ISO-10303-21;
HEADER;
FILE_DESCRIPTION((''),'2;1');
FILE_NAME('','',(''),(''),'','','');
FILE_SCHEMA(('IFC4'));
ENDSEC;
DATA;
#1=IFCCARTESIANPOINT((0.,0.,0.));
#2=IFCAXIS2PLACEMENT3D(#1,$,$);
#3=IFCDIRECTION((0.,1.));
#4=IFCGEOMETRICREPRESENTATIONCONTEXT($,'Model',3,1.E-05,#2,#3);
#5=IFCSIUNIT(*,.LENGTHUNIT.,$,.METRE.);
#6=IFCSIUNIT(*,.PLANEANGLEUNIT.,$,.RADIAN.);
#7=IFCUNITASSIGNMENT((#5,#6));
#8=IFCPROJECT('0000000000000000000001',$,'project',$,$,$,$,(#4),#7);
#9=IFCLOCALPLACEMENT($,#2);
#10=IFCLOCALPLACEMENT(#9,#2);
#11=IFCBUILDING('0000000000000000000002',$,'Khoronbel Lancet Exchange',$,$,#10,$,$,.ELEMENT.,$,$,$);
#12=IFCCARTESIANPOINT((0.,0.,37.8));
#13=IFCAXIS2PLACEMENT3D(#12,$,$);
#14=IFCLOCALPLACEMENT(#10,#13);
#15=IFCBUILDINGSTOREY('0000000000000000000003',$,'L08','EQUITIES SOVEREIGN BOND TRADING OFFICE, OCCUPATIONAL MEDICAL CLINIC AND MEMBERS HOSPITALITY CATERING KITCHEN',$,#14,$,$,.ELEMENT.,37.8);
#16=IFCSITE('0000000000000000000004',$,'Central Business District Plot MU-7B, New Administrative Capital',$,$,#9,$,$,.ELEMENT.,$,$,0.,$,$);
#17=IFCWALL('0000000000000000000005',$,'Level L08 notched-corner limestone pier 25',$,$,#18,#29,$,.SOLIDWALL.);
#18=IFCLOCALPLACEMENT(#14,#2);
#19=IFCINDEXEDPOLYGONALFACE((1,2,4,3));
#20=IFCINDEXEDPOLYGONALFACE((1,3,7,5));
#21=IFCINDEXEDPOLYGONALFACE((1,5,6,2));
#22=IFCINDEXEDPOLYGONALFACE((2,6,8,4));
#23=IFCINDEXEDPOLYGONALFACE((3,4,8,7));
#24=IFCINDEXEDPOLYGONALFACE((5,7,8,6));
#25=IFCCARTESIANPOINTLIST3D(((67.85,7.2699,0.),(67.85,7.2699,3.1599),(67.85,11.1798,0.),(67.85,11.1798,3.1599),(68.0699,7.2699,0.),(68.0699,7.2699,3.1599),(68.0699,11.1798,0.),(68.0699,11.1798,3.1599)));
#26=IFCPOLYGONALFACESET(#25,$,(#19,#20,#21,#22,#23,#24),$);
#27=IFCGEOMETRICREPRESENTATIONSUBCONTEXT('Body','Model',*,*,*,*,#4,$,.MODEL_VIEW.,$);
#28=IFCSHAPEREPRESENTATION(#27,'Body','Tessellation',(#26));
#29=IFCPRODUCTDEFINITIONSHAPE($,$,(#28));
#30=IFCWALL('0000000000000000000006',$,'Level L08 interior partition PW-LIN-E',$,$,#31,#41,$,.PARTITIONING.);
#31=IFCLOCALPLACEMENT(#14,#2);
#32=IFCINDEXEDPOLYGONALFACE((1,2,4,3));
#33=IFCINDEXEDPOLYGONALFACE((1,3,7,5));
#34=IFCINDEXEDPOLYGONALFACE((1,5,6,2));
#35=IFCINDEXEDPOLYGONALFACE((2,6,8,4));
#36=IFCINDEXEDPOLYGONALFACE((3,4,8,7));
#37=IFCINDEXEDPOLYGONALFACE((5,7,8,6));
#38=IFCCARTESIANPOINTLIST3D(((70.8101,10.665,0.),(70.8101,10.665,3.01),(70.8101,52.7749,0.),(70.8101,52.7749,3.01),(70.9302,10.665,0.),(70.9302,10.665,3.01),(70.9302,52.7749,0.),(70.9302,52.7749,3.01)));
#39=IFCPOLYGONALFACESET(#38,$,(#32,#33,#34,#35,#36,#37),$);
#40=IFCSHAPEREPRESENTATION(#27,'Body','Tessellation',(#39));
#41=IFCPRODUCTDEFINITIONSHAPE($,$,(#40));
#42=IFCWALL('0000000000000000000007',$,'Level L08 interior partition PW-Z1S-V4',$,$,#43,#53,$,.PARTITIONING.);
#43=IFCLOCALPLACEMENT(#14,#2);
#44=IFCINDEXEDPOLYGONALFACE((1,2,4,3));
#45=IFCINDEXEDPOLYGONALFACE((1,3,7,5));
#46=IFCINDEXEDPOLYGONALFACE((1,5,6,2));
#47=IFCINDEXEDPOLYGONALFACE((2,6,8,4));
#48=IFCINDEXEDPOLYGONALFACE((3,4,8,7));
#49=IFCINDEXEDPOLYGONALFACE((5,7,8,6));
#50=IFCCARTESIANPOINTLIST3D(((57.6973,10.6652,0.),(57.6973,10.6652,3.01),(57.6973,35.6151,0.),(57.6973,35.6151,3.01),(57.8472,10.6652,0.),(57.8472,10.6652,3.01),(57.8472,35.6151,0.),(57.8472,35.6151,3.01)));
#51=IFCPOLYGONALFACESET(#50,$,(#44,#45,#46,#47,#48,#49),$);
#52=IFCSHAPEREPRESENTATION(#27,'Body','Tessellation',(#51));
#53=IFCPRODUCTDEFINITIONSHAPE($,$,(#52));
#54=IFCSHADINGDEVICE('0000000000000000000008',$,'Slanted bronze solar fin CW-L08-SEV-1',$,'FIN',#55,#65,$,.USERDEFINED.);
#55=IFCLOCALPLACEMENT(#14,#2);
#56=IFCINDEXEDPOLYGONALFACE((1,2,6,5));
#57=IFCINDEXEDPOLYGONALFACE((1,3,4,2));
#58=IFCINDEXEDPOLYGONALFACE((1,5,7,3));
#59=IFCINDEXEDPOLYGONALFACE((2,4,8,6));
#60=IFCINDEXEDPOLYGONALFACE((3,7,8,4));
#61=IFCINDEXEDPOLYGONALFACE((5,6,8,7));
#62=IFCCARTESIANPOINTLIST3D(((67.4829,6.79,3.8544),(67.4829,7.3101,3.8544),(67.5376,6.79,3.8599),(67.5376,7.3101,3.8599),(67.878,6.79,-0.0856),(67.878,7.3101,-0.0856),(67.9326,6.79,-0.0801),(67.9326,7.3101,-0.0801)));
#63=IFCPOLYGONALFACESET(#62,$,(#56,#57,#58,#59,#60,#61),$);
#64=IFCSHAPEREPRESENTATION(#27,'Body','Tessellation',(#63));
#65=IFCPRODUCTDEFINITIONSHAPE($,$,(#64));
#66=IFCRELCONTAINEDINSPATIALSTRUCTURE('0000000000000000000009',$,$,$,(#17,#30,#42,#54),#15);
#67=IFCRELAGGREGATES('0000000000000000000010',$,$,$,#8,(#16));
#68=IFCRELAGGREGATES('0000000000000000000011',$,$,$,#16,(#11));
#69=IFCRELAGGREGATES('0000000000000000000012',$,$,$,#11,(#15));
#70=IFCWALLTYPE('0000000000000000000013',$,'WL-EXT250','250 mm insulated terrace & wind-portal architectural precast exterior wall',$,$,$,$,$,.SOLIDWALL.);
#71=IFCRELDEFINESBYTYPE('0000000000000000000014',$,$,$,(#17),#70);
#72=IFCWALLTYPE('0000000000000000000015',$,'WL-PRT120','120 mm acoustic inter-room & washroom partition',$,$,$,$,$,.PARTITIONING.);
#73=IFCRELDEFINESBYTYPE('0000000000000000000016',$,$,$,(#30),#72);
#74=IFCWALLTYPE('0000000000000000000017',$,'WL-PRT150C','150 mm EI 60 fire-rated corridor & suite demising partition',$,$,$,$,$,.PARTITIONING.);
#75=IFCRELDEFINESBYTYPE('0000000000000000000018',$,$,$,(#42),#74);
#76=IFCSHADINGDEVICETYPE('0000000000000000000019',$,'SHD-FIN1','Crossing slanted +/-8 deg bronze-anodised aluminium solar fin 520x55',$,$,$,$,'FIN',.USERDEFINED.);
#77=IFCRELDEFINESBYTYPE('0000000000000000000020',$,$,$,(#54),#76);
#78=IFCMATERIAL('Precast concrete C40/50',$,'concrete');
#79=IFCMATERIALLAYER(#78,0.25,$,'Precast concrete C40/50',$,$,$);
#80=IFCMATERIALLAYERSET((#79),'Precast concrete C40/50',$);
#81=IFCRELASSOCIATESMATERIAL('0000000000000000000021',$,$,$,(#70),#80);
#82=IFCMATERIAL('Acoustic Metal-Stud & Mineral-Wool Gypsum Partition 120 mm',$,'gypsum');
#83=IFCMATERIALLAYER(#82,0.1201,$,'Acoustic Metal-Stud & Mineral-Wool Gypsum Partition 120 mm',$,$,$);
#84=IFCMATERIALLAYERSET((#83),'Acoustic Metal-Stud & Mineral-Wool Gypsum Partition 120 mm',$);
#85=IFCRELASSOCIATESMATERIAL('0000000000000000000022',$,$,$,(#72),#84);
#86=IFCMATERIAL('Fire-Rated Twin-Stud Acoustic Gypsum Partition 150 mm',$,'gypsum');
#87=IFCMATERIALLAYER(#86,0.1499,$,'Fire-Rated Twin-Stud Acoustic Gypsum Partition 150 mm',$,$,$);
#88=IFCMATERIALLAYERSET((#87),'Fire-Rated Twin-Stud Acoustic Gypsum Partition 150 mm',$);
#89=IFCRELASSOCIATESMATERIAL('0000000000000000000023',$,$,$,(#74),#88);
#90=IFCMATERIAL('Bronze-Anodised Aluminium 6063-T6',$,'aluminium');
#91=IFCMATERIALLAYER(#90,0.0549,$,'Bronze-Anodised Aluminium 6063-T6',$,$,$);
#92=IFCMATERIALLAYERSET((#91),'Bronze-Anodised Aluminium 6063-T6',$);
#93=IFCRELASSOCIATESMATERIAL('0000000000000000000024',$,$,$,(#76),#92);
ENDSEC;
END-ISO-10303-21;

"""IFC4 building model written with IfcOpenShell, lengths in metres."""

from ifc_helpers import new_model, si_unit, direction, frame, frame_2d, origin, place, context, subcontext, project, spatial, polyline, rectangle, outline, extrude, material, layer, layer_set, type_object, element, save


model = new_model("IFC4")

# Units and contexts
model_context = context("Model", 3, precision=1e-05, world=origin(), true_north=direction((0.0, 1.0)))
body_context = subcontext(model_context, "Body", "Model", "MODEL_VIEW")
ifc_project = project(units=[si_unit("LENGTHUNIT", "METRE"), si_unit("PLANEANGLEUNIT", "RADIAN")], contexts=[model_context])

# Site, building, storey
site_placement = place(None, origin())
site = spatial("IfcSite", under=ifc_project, at=site_placement, Name="Central Business District Plot MU-7B, New Administrative Capital", CompositionType="ELEMENT", RefElevation=0.0)
building_placement = place(site_placement, origin())
building = spatial("IfcBuilding", under=site, at=building_placement, Name="Khoronbel Lancet Exchange", CompositionType="ELEMENT")
storey_placement = place(building_placement, frame((0.0, 0.0, 37.8)))
storey = spatial("IfcBuildingStorey", under=building, at=storey_placement, Name="L08", Description="EQUITIES SOVEREIGN BOND TRADING OFFICE, OCCUPATIONAL MEDICAL CLINIC AND MEMBERS HOSPITALITY CATERING KITCHEN", CompositionType="ELEMENT", Elevation=37.8)

# Shared definitions
ifc_material_1 = material(Name="Bronze-Anodised Aluminium 6063-T6", Category="aluminium")

# Walls
ifc_material_2 = material(Name="Precast concrete C40/50", Category="concrete")
ifc_layer_1 = layer(ifc_material_2, 0.25, Name="Precast concrete C40/50")
ifc_layer_set_1 = layer_set([ifc_layer_1], Name="Precast concrete C40/50")
wall_type_1 = type_object("IfcWallType", Name="WL-EXT250", Description="250 mm insulated terrace & wind-portal architectural precast exterior wall", PredefinedType="SOLIDWALL", material=ifc_layer_set_1)
wall_1_placement = place(storey_placement, frame((67.96, 11.1799, 0.0), z_axis=(0.0, 0.0, 1.0), x_axis=(0.0, -1.0, 0.0)))
element("IfcWall", 1, at=wall_1_placement, inside=storey, type_object=wall_type_1, Name="Level L08 notched-corner limestone pier 25", PredefinedType="SOLIDWALL", context=body_context, shape_type="SweptSolid", body=[
    extrude(rectangle(XDim=3.9099, YDim=0.22, at=frame_2d((1.9551, 0.0))), origin(), (0.0, 0.0, 1.0), 3.1599),
])
ifc_material_3 = material(Name="Acoustic Metal-Stud & Mineral-Wool Gypsum Partition 120 mm", Category="gypsum")
ifc_layer_2 = layer(ifc_material_3, 0.1201, Name="Acoustic Metal-Stud & Mineral-Wool Gypsum Partition 120 mm")
ifc_layer_set_2 = layer_set([ifc_layer_2], Name="Acoustic Metal-Stud & Mineral-Wool Gypsum Partition 120 mm")
wall_type_2 = type_object("IfcWallType", Name="WL-PRT120", Description="120 mm acoustic inter-room & washroom partition", PredefinedType="PARTITIONING", material=ifc_layer_set_2)
wall_2_placement = place(storey_placement, frame((70.8701, 10.665, 0.0), z_axis=(0.0, 0.0, 1.0), x_axis=(0.0, 1.0, 0.0)))
element("IfcWall", 2, at=wall_2_placement, inside=storey, type_object=wall_type_2, Name="Level L08 interior partition PW-LIN-E", PredefinedType="PARTITIONING", context=body_context, shape_type="SweptSolid", body=[
    extrude(rectangle(XDim=42.1099, YDim=0.1201, at=frame_2d((21.0549, 0.0))), origin(), (0.0, 0.0, 1.0), 3.01),
])
ifc_material_4 = material(Name="Fire-Rated Twin-Stud Acoustic Gypsum Partition 150 mm", Category="gypsum")
ifc_layer_3 = layer(ifc_material_4, 0.1499, Name="Fire-Rated Twin-Stud Acoustic Gypsum Partition 150 mm")
ifc_layer_set_3 = layer_set([ifc_layer_3], Name="Fire-Rated Twin-Stud Acoustic Gypsum Partition 150 mm")
wall_type_3 = type_object("IfcWallType", Name="WL-PRT150C", Description="150 mm EI 60 fire-rated corridor & suite demising partition", PredefinedType="PARTITIONING", material=ifc_layer_set_3)
wall_3_placement = place(storey_placement, frame((57.7722, 10.665, 0.0), z_axis=(0.0, 0.0, 1.0), x_axis=(0.0, 1.0, 0.0)))
element("IfcWall", 3, at=wall_3_placement, inside=storey, type_object=wall_type_3, Name="Level L08 interior partition PW-Z1S-V4", PredefinedType="PARTITIONING", context=body_context, shape_type="SweptSolid", body=[
    extrude(rectangle(XDim=24.95, YDim=0.1499, at=frame_2d((12.4751, 0.0))), origin(), (0.0, 0.0, 1.0), 3.01),
])

# Shading device
ifc_layer_4 = layer(ifc_material_1, 0.0549, Name="Bronze-Anodised Aluminium 6063-T6")
ifc_layer_set_4 = layer_set([ifc_layer_4], Name="Bronze-Anodised Aluminium 6063-T6")
shading_device_type = type_object("IfcShadingDeviceType", Name="SHD-FIN1", Description="Crossing slanted +/-8 deg bronze-anodised aluminium solar fin 520x55", ElementType="FIN", PredefinedType="USERDEFINED", material=ifc_layer_set_4)
shading_device_placement = place(storey_placement, frame((67.9326, 7.3101, -0.0801), z_axis=(0.995012, 0.0, 0.09976), x_axis=(0.0, -1.0, 0.0)))
element("IfcShadingDevice", 4, at=shading_device_placement, inside=storey, type_object=shading_device_type, Name="Slanted bronze solar fin CW-L08-SEV-1", ObjectType="FIN", PredefinedType="USERDEFINED", context=body_context, shape_type="SweptSolid", body=[
    extrude(outline(polyline([(0.0, 0.0), (0.52, 0.0), (0.52, -3.9597), (0.0, -3.9597), (0.0, 0.0)])), origin(), (0.0, 0.0, -1.0), 0.0549),
])

save(model, "model.ifc")
